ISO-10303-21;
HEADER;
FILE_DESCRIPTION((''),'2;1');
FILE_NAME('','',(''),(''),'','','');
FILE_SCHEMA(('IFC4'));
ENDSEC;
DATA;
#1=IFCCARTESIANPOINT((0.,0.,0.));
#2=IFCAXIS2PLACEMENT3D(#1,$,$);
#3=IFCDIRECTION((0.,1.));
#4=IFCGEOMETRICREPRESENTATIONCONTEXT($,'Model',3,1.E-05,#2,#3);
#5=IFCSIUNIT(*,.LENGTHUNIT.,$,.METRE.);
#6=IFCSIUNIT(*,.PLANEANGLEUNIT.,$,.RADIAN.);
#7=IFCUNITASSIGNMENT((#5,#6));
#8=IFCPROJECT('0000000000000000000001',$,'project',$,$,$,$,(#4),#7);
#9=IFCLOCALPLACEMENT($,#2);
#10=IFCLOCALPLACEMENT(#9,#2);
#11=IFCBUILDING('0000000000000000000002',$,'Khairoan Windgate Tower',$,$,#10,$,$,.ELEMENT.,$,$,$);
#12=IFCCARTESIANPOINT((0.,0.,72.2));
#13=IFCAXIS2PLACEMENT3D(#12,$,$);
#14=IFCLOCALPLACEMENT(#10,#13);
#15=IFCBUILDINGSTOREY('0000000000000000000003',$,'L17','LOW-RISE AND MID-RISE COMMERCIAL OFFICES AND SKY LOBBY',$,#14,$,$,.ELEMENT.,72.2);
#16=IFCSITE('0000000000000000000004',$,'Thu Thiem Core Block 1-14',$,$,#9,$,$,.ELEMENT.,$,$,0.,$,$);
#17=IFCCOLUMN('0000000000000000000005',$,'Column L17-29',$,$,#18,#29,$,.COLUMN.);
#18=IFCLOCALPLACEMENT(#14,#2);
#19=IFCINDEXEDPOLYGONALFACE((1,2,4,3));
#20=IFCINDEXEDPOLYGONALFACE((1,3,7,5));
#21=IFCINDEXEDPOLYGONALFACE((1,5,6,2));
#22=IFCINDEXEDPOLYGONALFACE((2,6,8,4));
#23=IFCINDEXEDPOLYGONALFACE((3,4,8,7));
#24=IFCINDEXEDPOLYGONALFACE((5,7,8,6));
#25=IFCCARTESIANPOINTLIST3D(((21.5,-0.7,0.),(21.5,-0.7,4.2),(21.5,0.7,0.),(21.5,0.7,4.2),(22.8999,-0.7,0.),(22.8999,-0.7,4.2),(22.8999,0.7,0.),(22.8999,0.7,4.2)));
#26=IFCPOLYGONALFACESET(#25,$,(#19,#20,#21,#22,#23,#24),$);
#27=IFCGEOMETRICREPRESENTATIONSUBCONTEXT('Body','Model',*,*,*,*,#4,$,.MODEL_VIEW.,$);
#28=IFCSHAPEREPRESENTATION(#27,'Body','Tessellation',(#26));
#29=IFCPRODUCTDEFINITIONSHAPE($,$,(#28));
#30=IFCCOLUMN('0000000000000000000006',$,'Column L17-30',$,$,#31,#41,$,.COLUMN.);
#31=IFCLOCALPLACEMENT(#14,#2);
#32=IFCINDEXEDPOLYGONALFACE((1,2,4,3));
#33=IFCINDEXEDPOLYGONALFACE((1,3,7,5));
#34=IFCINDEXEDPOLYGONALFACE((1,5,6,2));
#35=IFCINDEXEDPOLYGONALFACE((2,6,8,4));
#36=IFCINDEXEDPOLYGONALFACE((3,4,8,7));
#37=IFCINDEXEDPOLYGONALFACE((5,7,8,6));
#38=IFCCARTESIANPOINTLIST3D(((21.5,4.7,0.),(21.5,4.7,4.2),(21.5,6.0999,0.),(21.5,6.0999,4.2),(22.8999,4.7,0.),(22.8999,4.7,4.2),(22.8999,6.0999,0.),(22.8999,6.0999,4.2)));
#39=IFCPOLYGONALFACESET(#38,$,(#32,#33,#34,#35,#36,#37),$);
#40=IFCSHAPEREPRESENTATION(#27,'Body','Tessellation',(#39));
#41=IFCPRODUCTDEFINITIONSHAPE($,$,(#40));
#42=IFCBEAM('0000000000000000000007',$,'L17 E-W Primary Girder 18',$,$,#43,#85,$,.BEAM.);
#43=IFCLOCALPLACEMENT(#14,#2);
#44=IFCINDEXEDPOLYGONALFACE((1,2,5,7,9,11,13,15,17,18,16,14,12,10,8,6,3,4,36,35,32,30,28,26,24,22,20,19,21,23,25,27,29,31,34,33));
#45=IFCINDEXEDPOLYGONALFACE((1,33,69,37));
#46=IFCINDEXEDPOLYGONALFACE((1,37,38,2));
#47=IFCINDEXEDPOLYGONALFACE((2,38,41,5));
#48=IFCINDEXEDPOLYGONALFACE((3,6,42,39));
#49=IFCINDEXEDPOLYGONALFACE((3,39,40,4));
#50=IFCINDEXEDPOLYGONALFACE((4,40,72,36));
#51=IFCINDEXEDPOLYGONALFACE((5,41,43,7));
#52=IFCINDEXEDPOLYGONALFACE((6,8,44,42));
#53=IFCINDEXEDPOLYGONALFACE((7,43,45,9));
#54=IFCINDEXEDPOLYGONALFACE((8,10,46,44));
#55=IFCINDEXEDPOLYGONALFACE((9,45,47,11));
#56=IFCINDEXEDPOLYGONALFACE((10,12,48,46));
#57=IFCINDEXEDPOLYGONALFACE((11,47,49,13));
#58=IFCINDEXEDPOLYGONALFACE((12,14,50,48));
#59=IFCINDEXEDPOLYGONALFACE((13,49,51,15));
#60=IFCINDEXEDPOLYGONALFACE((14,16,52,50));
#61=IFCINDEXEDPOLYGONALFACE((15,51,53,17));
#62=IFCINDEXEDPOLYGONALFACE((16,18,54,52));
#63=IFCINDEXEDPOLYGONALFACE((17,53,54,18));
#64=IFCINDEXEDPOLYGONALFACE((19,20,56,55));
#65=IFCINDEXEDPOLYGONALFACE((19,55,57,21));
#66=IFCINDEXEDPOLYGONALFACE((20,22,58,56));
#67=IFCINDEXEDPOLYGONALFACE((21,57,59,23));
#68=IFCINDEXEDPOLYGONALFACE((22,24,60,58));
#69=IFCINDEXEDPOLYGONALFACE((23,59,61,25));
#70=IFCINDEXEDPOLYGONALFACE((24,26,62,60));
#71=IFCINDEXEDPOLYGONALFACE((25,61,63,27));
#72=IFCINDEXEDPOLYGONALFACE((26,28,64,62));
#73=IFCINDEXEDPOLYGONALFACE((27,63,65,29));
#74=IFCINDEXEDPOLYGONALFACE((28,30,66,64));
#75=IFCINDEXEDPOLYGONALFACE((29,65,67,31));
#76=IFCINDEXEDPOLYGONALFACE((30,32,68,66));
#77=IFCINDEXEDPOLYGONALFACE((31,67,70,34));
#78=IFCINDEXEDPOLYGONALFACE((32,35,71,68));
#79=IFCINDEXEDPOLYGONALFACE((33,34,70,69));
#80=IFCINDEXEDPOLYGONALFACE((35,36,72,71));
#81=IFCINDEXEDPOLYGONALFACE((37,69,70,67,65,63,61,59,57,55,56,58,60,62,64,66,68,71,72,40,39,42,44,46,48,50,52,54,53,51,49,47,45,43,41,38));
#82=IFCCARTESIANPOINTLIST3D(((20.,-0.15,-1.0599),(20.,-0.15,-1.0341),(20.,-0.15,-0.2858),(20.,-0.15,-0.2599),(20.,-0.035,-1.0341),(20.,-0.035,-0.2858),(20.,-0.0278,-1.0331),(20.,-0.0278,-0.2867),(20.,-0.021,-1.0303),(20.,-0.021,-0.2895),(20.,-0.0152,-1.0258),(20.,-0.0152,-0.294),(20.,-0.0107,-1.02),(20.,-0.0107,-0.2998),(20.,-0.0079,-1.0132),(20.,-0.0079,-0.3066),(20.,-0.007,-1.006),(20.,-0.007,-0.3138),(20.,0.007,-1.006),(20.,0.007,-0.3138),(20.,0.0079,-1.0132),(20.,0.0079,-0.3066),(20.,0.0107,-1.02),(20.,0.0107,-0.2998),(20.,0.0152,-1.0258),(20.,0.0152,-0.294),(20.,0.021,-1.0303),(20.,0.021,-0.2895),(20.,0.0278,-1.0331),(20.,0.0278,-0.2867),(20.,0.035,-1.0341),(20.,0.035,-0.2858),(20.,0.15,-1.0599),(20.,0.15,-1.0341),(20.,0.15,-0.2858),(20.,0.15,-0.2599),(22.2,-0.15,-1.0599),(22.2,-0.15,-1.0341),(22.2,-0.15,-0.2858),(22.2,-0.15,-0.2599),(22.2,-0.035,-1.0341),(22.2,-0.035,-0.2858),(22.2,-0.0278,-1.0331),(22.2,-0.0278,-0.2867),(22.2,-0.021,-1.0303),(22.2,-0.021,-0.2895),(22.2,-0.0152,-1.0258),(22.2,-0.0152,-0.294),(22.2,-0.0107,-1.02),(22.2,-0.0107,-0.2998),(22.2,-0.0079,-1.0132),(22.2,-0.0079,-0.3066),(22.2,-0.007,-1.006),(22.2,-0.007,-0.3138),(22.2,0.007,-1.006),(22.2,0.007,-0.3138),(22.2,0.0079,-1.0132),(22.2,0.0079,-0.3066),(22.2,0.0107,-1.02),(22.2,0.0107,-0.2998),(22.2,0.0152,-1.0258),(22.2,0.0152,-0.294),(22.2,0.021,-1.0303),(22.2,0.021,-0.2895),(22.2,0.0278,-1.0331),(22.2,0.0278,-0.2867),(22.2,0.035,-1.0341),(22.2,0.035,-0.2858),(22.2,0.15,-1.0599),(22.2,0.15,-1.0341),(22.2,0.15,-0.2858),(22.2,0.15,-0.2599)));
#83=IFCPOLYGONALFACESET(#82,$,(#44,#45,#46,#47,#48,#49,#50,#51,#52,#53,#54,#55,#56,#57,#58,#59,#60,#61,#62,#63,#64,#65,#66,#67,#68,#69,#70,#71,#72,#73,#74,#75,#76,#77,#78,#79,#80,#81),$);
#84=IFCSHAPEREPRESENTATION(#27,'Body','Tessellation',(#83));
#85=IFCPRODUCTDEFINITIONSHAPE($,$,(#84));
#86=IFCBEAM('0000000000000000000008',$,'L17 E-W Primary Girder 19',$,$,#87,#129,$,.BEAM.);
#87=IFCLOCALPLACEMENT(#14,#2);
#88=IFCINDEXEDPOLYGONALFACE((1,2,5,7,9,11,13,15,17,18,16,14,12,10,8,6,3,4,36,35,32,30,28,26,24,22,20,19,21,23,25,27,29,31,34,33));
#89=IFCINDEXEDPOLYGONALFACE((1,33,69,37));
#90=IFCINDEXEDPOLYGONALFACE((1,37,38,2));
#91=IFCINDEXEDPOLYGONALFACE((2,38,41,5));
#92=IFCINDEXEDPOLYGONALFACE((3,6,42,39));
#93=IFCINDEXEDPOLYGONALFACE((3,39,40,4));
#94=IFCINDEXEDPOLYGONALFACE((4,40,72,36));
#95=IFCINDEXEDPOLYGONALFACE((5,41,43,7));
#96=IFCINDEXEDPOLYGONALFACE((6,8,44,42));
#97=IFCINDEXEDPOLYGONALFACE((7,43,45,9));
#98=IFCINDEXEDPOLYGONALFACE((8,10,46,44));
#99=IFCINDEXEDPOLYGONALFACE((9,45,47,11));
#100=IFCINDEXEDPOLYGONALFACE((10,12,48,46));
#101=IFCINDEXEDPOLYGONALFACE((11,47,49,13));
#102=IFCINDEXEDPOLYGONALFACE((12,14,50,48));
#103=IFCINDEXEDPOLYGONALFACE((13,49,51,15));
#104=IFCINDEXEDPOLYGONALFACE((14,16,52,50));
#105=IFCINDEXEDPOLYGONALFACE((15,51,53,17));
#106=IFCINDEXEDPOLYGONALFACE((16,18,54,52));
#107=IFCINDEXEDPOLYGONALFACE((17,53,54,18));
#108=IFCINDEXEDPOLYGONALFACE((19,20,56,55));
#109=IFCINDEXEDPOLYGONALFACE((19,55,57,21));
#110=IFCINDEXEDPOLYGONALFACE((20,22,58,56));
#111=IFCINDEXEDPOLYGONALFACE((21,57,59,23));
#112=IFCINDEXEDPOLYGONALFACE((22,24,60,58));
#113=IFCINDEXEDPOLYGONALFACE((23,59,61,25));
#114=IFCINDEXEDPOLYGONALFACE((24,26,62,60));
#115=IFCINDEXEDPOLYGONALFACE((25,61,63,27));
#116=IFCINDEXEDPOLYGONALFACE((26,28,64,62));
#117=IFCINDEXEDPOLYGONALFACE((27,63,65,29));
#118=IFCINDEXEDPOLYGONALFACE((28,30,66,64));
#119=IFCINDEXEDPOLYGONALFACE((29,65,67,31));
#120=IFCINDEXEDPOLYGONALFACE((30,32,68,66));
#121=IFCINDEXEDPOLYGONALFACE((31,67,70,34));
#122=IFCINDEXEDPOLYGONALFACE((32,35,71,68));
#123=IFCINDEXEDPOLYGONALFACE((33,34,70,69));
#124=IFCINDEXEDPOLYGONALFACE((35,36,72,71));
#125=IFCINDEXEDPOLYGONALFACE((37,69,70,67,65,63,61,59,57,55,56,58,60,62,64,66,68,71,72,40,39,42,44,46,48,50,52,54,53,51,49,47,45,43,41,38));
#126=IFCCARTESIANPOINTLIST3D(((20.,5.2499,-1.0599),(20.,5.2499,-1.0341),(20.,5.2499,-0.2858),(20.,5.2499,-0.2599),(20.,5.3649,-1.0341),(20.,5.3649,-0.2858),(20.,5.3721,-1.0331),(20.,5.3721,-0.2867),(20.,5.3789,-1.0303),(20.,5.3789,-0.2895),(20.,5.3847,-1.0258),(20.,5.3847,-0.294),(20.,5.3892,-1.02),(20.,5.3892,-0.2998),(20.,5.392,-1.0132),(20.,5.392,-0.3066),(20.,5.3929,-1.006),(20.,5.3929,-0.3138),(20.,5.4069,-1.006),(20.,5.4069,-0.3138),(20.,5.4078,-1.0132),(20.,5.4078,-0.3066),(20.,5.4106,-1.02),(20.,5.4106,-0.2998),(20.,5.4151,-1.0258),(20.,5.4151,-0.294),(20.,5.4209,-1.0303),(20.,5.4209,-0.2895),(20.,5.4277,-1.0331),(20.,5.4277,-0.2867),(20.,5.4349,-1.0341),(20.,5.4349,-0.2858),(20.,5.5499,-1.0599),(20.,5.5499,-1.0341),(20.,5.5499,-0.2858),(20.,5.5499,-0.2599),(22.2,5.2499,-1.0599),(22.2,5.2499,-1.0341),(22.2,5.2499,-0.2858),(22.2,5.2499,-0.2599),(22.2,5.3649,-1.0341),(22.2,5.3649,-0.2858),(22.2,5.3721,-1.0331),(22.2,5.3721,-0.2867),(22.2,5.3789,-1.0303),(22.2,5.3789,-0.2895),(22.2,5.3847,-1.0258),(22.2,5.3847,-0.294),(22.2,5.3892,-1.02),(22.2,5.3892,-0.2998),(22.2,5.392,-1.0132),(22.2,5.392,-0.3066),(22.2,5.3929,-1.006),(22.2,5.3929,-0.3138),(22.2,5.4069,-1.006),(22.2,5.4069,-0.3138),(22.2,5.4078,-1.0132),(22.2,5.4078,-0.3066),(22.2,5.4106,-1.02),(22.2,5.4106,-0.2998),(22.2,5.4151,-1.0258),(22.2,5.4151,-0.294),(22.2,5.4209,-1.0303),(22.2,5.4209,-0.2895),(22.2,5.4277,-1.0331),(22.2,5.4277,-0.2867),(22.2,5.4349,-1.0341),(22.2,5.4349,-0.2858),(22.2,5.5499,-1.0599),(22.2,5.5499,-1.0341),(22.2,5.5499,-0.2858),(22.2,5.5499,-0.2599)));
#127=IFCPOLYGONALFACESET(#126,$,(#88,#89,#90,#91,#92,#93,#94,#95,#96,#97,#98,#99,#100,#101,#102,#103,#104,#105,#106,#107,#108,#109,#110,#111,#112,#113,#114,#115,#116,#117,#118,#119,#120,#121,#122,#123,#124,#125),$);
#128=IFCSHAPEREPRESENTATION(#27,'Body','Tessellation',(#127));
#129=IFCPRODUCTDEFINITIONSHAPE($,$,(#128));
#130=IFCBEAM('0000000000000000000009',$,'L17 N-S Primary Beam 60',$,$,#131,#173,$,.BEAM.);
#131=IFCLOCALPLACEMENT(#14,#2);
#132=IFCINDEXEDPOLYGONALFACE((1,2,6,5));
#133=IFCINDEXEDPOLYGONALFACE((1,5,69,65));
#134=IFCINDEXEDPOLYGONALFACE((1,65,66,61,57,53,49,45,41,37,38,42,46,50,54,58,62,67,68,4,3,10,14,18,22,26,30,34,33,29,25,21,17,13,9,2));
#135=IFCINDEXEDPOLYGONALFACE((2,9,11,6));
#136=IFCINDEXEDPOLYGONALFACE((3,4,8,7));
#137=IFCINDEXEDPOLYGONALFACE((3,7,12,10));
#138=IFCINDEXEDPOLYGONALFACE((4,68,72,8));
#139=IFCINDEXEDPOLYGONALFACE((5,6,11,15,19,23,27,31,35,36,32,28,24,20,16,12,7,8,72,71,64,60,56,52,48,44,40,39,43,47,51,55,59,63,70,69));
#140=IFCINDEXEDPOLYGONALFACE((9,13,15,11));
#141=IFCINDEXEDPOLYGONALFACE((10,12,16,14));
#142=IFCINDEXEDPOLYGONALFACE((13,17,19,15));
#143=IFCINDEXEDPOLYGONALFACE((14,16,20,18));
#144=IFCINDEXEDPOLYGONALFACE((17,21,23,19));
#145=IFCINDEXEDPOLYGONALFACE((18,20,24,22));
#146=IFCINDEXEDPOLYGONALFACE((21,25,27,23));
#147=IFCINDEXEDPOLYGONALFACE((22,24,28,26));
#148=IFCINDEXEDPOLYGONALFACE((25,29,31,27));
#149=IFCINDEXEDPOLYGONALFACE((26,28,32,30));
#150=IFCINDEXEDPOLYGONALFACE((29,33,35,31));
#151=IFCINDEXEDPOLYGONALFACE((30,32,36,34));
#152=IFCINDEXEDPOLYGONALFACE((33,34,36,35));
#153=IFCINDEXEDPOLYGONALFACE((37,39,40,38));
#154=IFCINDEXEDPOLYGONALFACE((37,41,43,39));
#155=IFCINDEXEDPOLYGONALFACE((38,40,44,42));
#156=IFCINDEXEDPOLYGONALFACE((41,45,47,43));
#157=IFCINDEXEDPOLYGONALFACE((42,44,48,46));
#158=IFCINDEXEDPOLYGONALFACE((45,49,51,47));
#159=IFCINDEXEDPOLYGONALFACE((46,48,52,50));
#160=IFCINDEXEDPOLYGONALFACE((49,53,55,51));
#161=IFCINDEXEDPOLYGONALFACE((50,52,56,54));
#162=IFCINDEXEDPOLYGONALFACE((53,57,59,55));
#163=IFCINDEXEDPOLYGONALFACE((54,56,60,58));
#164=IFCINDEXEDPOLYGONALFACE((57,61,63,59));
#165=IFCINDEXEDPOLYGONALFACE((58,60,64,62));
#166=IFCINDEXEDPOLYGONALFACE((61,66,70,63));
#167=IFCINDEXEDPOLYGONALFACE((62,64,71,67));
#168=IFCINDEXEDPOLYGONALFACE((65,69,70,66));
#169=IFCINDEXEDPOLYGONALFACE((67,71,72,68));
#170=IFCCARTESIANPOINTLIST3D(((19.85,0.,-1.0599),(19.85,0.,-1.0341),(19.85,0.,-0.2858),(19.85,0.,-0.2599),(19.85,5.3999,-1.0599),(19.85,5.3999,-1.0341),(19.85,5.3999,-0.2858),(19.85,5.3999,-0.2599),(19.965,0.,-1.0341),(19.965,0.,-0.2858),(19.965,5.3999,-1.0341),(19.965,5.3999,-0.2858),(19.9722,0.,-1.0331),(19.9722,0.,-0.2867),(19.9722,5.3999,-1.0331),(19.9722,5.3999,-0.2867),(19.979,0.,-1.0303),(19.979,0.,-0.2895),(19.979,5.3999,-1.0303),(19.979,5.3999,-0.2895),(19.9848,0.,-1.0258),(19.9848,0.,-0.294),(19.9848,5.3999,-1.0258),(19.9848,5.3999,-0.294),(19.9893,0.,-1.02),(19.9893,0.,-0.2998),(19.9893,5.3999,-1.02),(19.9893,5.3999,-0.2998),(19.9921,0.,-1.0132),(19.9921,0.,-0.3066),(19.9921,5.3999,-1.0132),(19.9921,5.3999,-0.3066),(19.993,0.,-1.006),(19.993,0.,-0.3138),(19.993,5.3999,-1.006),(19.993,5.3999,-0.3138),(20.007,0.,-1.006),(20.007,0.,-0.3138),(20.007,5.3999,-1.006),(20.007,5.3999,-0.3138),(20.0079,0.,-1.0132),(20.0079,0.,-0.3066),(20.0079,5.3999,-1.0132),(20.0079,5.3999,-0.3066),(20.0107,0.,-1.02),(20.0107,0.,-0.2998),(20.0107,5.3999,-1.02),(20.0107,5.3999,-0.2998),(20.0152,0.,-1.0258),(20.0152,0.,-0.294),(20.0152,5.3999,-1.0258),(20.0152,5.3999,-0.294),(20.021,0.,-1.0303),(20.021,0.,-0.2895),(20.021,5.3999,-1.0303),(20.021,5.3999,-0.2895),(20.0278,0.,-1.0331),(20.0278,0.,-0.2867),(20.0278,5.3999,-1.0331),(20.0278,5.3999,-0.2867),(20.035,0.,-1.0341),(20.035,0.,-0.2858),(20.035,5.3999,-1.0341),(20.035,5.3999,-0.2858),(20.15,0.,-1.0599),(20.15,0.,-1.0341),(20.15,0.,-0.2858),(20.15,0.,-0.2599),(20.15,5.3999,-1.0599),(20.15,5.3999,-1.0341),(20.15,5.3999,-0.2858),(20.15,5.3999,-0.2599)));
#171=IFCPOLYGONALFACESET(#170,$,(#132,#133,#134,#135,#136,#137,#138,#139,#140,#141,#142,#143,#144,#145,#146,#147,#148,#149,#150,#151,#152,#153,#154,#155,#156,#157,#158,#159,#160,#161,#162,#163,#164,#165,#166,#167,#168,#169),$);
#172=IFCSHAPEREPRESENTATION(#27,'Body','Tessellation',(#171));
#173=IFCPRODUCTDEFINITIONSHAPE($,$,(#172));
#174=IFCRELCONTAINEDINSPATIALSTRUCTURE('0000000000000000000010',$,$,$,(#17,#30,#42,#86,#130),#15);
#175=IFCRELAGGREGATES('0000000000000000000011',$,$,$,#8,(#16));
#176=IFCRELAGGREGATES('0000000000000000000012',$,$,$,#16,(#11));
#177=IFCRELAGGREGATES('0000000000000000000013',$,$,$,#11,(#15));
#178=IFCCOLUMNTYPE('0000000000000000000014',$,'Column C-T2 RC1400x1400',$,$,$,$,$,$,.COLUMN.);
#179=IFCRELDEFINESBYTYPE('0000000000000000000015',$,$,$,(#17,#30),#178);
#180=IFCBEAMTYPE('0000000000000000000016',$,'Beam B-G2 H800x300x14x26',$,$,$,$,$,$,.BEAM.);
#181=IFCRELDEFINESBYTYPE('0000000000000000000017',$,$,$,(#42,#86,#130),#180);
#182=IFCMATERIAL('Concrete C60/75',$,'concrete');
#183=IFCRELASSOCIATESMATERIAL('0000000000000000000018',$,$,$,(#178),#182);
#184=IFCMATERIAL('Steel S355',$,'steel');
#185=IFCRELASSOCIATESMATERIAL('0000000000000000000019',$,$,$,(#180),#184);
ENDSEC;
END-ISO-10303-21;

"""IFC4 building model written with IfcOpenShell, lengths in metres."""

from ifc_helpers import new_model, si_unit, direction, frame, origin, origin_2d, place, context, subcontext, project, spatial, rectangle, i_section, extrude, material, material_profile, profile_set, type_object, element, save


model = new_model("IFC4")

# Units and contexts
model_context = context("Model", 3, precision=1e-05, world=origin(), true_north=direction((0.0, 1.0)))
body_context = subcontext(model_context, "Body", "Model", "MODEL_VIEW")
ifc_project = project(units=[si_unit("LENGTHUNIT", "METRE"), si_unit("PLANEANGLEUNIT", "RADIAN")], contexts=[model_context])

# Site, building, storey
site_placement = place(None, origin())
site = spatial("IfcSite", under=ifc_project, at=site_placement, Name="Thu Thiem Core Block 1-14", CompositionType="ELEMENT", RefElevation=0.0)
building_placement = place(site_placement, origin())
building = spatial("IfcBuilding", under=site, at=building_placement, Name="Khairoan Windgate Tower", CompositionType="ELEMENT")
storey_placement = place(building_placement, frame((0.0, 0.0, 72.2)))
storey = spatial("IfcBuildingStorey", under=building, at=storey_placement, Name="L17", Description="LOW-RISE AND MID-RISE COMMERCIAL OFFICES AND SKY LOBBY", CompositionType="ELEMENT", Elevation=72.2)

# Columns
ifc_material_1 = material(Name="Concrete C60/75", Category="concrete")
ifc_material_profile_1 = material_profile(ifc_material_1, rectangle(XDim=1.3999, YDim=1.3999, at=origin_2d()))
ifc_profile_set_1 = profile_set([ifc_material_profile_1], Name="Concrete C60/75")
column_type = type_object("IfcColumnType", Name="Column C-T2 RC1400x1400", PredefinedType="COLUMN", material=ifc_profile_set_1)
for number, where, z_axis, x_axis, name in (
    (1, (22.2, 0.0, 0.0), (0.0, 0.0, 1.0), (1.0, 0.0, 0.0), "Column L17-29"),
    (2, (22.2, 5.3999, 0.0), (0.0, 0.0, 1.0), (1.0, 0.0, 0.0), "Column L17-30"),
):
    element("IfcColumn", number, at=place(storey_placement, frame(where, z_axis=z_axis, x_axis=x_axis)), inside=storey, type_object=column_type, Name=name, PredefinedType="COLUMN", context=body_context, shape_type="SweptSolid", body=[
        extrude(rectangle(XDim=1.3999, YDim=1.3999, at=origin_2d()), origin(), (0.0, 0.0, 1.0), 4.2),
    ])

# Beams
ifc_material_2 = material(Name="Steel S355", Category="steel")
ifc_material_profile_2 = material_profile(ifc_material_2, i_section(OverallWidth=0.3, OverallDepth=0.8, WebThickness=0.0139, FlangeThickness=0.0259, FilletRadius=0.0281, at=origin_2d()))
ifc_profile_set_2 = profile_set([ifc_material_profile_2], Name="Steel S355")
beam_type_1 = type_object("IfcBeamType", Name="Beam B-G2 H800x300x14x26", PredefinedType="BEAM", material=ifc_profile_set_2)
for number, where, z_axis, x_axis, name in (
    (3, (20.0, 0.0, -0.6599), (1.0, 0.0, 0.0), (0.0, 1.0, 0.0), "L17 E-W Primary Girder 18"),
    (4, (20.0, 5.3999, -0.6599), (1.0, 0.0, 0.0), (0.0, 1.0, 0.0), "L17 E-W Primary Girder 19"),
):
    element("IfcBeam", number, at=place(storey_placement, frame(where, z_axis=z_axis, x_axis=x_axis)), inside=storey, type_object=beam_type_1, Name=name, PredefinedType="BEAM", context=body_context, shape_type="SweptSolid", body=[
        extrude(i_section(OverallWidth=0.3, OverallDepth=0.8, WebThickness=0.0139, FlangeThickness=0.0259, FilletRadius=0.0281, at=origin_2d()), origin(), (0.0, 0.0, 1.0), 2.2),
    ])
beam_1_placement = place(storey_placement, frame((20.0, 0.0, -0.6599), z_axis=(0.0, 1.0, 0.0), x_axis=(-1.0, 0.0, 0.0)))
element("IfcBeam", 5, at=beam_1_placement, inside=storey, type_object=beam_type_1, Name="L17 N-S Primary Beam 60", PredefinedType="BEAM", context=body_context, shape_type="SweptSolid", body=[
    extrude(i_section(OverallWidth=0.3, OverallDepth=0.8, WebThickness=0.0139, FlangeThickness=0.0259, FilletRadius=0.0281, at=origin_2d()), origin(), (0.0, 0.0, 1.0), 5.3999),
])

save(model, "model.ifc")
